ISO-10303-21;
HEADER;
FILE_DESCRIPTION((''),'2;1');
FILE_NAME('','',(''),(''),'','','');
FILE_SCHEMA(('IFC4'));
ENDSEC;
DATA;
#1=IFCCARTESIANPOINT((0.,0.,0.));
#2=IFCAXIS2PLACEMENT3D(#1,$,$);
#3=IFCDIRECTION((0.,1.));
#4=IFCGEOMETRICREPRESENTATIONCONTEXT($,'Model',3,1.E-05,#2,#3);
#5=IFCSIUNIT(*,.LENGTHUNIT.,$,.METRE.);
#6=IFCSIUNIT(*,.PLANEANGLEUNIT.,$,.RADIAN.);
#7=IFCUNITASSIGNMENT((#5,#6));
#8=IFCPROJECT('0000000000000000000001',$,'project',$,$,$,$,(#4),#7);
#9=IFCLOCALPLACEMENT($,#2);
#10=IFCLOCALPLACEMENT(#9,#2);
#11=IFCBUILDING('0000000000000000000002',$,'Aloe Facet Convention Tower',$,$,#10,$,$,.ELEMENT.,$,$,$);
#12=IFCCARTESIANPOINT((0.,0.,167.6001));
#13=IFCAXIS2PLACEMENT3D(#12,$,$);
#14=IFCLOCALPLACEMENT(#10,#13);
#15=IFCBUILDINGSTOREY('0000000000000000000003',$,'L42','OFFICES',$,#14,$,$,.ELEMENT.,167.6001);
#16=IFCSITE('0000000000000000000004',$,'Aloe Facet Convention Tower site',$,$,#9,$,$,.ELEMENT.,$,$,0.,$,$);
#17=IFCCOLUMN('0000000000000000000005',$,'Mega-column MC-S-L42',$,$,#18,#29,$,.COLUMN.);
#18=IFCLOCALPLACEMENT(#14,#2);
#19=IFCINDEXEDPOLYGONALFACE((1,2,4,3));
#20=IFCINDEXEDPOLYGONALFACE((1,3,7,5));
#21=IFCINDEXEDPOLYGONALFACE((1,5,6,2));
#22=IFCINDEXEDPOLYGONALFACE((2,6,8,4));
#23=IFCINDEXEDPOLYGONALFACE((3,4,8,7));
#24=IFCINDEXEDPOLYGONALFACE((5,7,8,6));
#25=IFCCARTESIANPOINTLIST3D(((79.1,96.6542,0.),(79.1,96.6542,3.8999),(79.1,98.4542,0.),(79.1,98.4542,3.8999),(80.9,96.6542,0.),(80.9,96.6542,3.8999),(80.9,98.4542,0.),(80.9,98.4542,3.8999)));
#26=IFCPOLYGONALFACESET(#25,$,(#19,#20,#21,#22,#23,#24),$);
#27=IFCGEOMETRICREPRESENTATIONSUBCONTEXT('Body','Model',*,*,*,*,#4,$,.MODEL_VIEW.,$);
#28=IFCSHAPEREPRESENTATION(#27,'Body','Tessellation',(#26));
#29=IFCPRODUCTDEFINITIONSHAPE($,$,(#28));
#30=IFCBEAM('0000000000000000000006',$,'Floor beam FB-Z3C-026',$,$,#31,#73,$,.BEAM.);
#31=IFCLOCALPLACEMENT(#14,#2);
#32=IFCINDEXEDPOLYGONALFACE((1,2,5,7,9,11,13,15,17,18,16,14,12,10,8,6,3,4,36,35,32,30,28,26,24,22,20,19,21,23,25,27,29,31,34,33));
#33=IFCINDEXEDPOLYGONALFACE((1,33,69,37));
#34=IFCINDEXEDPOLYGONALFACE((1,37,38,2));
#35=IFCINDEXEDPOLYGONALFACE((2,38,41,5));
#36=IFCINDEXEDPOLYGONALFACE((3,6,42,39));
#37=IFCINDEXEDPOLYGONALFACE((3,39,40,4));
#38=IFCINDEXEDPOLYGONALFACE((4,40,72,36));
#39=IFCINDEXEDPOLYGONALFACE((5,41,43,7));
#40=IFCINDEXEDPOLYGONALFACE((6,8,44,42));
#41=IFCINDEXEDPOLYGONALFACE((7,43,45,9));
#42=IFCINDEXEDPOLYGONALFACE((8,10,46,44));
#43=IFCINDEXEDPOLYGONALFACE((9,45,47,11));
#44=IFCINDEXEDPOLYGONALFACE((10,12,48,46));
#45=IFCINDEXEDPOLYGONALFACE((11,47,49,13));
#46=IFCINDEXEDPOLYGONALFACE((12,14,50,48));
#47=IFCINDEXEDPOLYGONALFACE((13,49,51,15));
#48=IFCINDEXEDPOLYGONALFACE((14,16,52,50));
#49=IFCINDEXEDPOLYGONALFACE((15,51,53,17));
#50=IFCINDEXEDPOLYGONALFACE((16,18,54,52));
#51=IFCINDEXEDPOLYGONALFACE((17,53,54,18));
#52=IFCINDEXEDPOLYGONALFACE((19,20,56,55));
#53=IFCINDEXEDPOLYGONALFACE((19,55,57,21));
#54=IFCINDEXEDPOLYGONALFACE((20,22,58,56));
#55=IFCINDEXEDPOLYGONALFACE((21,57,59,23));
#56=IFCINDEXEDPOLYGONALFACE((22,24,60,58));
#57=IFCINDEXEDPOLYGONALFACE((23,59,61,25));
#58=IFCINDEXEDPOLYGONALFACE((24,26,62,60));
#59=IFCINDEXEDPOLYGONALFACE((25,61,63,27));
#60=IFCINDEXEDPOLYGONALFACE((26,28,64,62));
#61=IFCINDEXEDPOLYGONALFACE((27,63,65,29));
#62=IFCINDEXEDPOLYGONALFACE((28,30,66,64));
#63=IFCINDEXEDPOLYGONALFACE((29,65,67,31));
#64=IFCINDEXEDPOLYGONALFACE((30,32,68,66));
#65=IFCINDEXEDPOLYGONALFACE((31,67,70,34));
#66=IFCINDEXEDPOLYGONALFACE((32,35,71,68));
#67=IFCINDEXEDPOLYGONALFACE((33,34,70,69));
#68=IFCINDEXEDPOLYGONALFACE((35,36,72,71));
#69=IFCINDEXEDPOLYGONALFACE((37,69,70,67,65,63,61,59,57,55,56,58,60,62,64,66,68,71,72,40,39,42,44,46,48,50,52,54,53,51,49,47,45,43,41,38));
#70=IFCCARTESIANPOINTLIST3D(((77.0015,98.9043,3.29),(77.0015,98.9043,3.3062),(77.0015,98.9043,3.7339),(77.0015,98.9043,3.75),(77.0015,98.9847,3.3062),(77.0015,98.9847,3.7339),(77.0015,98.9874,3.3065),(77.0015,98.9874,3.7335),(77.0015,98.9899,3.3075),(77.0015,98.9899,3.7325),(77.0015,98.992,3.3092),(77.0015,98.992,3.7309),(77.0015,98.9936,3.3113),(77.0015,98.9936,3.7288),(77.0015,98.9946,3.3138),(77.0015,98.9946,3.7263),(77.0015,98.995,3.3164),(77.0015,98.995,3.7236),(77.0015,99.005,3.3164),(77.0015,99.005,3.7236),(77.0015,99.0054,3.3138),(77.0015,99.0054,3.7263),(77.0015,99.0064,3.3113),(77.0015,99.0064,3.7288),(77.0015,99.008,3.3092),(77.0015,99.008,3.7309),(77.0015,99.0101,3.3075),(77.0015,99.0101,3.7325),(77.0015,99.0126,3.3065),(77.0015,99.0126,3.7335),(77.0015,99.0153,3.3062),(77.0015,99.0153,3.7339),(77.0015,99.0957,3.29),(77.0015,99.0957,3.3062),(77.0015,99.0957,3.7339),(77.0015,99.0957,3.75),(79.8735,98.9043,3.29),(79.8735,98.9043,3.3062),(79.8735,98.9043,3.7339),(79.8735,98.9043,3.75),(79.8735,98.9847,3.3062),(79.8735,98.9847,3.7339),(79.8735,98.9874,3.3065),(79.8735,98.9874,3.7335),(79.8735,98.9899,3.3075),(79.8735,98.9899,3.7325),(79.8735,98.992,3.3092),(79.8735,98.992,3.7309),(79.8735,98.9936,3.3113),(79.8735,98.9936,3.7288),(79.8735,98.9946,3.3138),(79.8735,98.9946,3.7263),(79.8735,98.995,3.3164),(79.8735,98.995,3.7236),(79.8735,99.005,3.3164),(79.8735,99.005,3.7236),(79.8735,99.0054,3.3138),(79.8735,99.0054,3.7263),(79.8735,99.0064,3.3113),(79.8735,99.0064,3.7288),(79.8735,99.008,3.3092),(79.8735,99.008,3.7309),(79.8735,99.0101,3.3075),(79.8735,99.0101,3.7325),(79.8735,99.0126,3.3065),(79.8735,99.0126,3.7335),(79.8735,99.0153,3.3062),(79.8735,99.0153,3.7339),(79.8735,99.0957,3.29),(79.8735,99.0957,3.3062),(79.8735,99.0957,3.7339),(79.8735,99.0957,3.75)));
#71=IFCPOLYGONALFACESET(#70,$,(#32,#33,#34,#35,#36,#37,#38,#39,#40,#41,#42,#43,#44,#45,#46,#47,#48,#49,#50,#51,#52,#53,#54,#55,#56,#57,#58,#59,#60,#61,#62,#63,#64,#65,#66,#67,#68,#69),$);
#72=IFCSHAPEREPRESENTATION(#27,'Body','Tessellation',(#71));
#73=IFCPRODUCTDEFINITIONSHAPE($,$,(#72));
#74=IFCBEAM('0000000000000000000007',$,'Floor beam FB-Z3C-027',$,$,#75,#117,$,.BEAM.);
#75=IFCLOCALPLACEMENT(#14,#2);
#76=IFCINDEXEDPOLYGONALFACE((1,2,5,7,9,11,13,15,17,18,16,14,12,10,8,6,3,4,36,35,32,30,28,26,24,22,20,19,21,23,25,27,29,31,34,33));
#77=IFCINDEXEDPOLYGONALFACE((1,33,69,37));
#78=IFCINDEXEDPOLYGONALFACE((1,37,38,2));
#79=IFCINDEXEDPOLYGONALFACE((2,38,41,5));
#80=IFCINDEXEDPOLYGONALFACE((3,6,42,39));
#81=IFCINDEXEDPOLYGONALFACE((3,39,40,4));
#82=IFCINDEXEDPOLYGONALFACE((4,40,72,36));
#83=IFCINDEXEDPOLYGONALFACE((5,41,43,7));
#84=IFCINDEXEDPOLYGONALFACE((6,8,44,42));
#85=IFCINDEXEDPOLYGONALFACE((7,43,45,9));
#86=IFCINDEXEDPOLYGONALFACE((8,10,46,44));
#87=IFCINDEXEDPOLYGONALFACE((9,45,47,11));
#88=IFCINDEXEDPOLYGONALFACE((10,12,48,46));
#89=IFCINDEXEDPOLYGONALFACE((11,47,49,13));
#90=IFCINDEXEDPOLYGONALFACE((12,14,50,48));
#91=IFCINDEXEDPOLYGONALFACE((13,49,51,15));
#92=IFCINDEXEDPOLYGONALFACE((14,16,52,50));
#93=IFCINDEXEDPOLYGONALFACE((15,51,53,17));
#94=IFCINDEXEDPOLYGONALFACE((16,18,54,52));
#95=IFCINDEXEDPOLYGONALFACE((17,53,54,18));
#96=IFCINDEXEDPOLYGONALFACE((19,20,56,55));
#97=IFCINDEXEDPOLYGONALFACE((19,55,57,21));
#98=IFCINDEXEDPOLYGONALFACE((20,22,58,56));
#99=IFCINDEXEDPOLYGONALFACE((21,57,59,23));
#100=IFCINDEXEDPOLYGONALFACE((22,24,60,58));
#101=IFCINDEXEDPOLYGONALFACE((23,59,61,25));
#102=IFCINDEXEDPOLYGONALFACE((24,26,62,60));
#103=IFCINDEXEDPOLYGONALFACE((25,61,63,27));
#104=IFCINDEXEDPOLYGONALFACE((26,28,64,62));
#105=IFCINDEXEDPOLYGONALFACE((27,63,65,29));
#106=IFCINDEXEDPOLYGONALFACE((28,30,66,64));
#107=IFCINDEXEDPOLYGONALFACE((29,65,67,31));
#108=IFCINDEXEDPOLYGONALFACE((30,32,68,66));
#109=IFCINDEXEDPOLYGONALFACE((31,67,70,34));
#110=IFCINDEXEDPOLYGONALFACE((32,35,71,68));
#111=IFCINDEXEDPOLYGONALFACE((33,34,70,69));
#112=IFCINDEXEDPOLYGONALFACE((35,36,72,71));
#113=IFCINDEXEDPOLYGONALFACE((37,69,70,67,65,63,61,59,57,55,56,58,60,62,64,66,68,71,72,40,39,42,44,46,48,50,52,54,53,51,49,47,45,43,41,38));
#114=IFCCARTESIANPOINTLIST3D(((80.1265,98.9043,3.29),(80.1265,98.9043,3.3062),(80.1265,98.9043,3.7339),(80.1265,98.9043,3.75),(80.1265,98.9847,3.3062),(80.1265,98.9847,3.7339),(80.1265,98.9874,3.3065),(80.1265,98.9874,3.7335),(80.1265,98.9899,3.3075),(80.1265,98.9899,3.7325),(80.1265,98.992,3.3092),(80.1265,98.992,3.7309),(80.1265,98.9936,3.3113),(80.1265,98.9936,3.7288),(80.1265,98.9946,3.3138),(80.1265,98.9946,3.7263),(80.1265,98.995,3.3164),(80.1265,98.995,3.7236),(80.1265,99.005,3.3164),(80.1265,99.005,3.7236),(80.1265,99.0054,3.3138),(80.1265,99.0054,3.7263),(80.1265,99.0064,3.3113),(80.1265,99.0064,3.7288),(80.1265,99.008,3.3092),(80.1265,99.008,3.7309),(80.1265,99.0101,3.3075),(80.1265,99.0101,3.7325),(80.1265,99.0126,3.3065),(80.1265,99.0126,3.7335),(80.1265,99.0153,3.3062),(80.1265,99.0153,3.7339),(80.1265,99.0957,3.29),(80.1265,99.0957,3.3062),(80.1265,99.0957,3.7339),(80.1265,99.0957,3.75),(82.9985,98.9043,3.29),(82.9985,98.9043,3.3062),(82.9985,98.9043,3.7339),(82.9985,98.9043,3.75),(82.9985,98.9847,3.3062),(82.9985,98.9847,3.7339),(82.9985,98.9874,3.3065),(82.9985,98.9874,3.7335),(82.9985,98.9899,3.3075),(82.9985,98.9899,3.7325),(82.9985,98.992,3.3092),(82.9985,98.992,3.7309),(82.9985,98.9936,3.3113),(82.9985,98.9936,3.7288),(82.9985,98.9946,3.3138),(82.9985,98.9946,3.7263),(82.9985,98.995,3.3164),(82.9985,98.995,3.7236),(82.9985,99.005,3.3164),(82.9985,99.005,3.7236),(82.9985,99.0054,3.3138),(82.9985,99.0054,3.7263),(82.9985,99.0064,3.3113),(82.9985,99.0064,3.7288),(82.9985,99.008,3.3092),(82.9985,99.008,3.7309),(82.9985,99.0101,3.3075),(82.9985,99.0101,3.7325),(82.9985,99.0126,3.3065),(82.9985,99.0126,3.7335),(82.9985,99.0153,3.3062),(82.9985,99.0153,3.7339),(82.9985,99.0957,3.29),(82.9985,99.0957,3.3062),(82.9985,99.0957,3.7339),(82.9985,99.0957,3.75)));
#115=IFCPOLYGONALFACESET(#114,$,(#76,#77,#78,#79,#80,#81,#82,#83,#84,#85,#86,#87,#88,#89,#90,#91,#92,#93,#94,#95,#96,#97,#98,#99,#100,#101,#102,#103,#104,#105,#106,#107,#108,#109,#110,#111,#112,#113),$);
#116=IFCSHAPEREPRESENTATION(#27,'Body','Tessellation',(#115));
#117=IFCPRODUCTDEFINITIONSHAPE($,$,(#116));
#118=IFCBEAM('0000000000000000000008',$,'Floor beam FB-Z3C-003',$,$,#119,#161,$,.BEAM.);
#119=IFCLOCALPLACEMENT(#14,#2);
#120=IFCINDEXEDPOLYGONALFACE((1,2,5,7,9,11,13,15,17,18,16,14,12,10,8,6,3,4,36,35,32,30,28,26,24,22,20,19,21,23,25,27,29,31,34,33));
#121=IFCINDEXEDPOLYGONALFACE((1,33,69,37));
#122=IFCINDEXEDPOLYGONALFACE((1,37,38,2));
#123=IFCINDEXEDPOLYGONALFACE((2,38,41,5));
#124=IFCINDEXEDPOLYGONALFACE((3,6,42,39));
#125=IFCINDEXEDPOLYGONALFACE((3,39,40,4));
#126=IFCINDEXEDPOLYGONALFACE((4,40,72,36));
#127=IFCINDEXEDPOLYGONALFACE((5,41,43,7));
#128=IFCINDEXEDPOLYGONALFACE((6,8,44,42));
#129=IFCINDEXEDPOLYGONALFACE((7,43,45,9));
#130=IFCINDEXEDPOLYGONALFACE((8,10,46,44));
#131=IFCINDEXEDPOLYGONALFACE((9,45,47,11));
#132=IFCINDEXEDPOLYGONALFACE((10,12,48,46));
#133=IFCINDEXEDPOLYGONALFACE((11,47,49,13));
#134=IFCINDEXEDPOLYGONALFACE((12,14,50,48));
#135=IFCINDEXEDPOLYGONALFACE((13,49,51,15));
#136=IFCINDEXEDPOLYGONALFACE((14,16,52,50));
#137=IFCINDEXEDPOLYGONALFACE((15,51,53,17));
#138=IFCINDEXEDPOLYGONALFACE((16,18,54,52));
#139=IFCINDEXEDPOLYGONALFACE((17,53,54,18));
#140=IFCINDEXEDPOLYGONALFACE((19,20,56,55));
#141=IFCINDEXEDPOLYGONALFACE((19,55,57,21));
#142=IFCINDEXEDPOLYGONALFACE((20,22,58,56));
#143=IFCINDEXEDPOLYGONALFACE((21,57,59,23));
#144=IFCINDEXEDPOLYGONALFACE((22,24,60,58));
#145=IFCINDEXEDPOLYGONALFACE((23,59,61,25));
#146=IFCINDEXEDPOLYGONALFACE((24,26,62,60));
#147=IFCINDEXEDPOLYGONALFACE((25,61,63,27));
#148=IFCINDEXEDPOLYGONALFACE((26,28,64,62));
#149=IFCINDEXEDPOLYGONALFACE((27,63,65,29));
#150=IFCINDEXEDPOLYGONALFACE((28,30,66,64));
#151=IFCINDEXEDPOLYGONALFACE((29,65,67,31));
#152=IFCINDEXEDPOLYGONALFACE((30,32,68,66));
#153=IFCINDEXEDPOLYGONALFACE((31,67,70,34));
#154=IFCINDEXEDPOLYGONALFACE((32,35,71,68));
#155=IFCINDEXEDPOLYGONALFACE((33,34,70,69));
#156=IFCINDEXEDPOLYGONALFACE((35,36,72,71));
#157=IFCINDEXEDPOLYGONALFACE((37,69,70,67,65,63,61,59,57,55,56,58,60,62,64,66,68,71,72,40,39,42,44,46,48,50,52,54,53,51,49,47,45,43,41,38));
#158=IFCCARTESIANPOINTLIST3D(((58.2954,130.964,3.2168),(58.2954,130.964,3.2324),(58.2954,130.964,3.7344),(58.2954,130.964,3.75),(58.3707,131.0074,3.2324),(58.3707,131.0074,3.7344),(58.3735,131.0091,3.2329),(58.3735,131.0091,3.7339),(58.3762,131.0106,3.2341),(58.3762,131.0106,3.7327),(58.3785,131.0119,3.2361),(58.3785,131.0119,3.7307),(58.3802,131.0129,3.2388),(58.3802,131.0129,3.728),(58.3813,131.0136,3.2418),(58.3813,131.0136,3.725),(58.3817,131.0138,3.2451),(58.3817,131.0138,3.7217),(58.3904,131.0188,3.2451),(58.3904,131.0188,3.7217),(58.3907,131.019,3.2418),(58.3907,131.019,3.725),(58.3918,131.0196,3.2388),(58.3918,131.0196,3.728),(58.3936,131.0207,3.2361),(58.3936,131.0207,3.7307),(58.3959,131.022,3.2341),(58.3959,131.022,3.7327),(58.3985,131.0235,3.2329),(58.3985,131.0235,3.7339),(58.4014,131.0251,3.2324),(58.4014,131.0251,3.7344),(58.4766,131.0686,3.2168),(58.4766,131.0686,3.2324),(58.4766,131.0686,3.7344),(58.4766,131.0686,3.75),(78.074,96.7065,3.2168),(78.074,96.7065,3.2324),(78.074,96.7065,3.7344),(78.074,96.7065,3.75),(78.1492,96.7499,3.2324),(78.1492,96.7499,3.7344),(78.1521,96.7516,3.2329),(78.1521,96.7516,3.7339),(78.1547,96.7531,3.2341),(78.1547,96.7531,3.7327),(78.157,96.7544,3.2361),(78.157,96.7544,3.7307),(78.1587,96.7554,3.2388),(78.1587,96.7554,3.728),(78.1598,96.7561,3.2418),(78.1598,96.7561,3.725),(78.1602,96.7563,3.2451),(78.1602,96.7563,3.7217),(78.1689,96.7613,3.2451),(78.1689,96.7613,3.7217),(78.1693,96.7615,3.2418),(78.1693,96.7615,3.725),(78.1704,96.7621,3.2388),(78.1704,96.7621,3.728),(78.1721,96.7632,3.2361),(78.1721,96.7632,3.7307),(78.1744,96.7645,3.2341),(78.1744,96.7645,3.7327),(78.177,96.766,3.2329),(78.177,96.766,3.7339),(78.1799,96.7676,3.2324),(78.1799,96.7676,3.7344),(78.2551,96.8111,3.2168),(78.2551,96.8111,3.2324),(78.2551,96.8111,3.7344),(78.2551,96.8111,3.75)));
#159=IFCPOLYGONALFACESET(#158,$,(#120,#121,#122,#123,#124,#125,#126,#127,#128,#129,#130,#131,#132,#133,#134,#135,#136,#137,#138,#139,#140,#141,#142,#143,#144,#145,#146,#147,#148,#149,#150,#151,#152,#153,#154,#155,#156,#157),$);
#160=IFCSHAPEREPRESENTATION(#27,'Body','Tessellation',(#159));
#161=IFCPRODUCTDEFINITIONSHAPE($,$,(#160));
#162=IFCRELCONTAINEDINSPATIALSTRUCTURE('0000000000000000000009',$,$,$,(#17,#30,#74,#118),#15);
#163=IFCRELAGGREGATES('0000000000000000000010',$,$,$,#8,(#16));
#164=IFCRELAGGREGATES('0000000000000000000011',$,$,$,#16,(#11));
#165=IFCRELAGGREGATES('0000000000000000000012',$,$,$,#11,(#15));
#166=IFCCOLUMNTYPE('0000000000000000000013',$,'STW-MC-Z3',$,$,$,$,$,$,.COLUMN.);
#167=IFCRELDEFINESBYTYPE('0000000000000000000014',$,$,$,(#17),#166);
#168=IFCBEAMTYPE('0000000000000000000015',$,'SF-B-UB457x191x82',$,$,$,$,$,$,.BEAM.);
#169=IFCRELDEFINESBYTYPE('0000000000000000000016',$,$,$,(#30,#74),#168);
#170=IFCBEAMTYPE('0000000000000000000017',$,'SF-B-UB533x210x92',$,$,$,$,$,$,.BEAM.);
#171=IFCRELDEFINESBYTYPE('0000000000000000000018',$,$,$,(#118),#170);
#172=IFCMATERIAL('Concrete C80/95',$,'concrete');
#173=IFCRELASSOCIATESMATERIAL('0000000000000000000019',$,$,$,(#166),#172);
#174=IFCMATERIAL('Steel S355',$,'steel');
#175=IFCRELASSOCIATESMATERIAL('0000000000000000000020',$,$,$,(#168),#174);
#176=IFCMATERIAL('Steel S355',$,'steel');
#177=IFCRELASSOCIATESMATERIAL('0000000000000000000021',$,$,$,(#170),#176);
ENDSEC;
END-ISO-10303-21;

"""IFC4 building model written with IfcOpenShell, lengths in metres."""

from ifc_helpers import new_model, si_unit, direction, frame, origin, origin_2d, place, context, subcontext, project, spatial, rectangle, i_section, extrude, material, material_profile, profile_set, type_object, element, save


model = new_model("IFC4")

# Units and contexts
model_context = context("Model", 3, precision=1e-05, world=origin(), true_north=direction((0.0, 1.0)))
body_context = subcontext(model_context, "Body", "Model", "MODEL_VIEW")
ifc_project = project(units=[si_unit("LENGTHUNIT", "METRE"), si_unit("PLANEANGLEUNIT", "RADIAN")], contexts=[model_context])

# Site, building, storey
site_placement = place(None, origin())
site = spatial("IfcSite", under=ifc_project, at=site_placement, Name="Aloe Facet Convention Tower site", CompositionType="ELEMENT", RefElevation=0.0)
building_placement = place(site_placement, origin())
building = spatial("IfcBuilding", under=site, at=building_placement, Name="Aloe Facet Convention Tower", CompositionType="ELEMENT")
storey_placement = place(building_placement, frame((0.0, 0.0, 167.6001)))
storey = spatial("IfcBuildingStorey", under=building, at=storey_placement, Name="L42", Description="OFFICES", CompositionType="ELEMENT", Elevation=167.6001)

# Column
ifc_material_1 = material(Name="Concrete C80/95", Category="concrete")
ifc_material_profile_1 = material_profile(ifc_material_1, rectangle(XDim=1.8, YDim=1.8, at=origin_2d()), Name="STW-MC-Z3")
ifc_profile_set_1 = profile_set([ifc_material_profile_1], Name="Concrete C80/95")
column_type = type_object("IfcColumnType", Name="STW-MC-Z3", PredefinedType="COLUMN", material=ifc_profile_set_1)
column_placement = place(storey_placement, frame((80.0, 97.5542, 0.0), z_axis=(0.0, 0.0, 1.0), x_axis=(1.0, 0.0, 0.0)))
element("IfcColumn", 1, at=column_placement, inside=storey, type_object=column_type, Name="Mega-column MC-S-L42", PredefinedType="COLUMN", context=body_context, shape_type="SweptSolid", body=[
    extrude(rectangle(XDim=1.8, YDim=1.8, at=origin_2d()), origin(), (0.0, 0.0, 1.0), 3.8999),
])

# Beams
ifc_material_2 = material(Name="Steel S355", Category="steel")
ifc_material_profile_2 = material_profile(ifc_material_2, i_section(OverallWidth=0.1914, OverallDepth=0.46, WebThickness=0.01, FlangeThickness=0.0161, FilletRadius=0.0103, at=origin_2d()), Name="UB 457x191x82")
ifc_profile_set_2 = profile_set([ifc_material_profile_2], Name="Steel S355")
beam_type_1 = type_object("IfcBeamType", Name="SF-B-UB457x191x82", PredefinedType="BEAM", material=ifc_profile_set_2)
for number, where, z_axis, x_axis, name in (
    (2, (77.0015, 99.0, 3.52), (1.0, 0.0, 0.0), (0.0, 1.0, 0.0), "Floor beam FB-Z3C-026"),
    (3, (80.1265, 99.0, 3.52), (1.0, 0.0, 0.0), (0.0, 1.0, 0.0), "Floor beam FB-Z3C-027"),
):
    element("IfcBeam", number, at=place(storey_placement, frame(where, z_axis=z_axis, x_axis=x_axis)), inside=storey, type_object=beam_type_1, Name=name, PredefinedType="BEAM", context=body_context, shape_type="SweptSolid", body=[
        extrude(i_section(OverallWidth=0.1914, OverallDepth=0.46, WebThickness=0.01, FlangeThickness=0.0161, FilletRadius=0.0103, at=origin_2d()), origin(), (0.0, 0.0, 1.0), 2.8721),
    ])
ifc_material_3 = material(Name="Steel S355", Category="steel")
ifc_material_profile_3 = material_profile(ifc_material_3, i_section(OverallWidth=0.2092, OverallDepth=0.5332, WebThickness=0.01, FlangeThickness=0.0156, FilletRadius=0.0127, at=origin_2d()), Name="UB 533x210x92")
ifc_profile_set_3 = profile_set([ifc_material_profile_3], Name="Steel S355")
beam_type_2 = type_object("IfcBeamType", Name="SF-B-UB533x210x92", PredefinedType="BEAM", material=ifc_profile_set_3)
beam_placement = place(storey_placement, frame((78.1646, 96.7588, 3.4834), z_axis=(-0.499999, 0.866026, 0.0), x_axis=(-0.866026, -0.499999, 0.0)))
element("IfcBeam", 4, at=beam_placement, inside=storey, type_object=beam_type_2, Name="Floor beam FB-Z3C-003", PredefinedType="BEAM", context=body_context, shape_type="SweptSolid", body=[
    extrude(i_section(OverallWidth=0.2092, OverallDepth=0.5332, WebThickness=0.01, FlangeThickness=0.0156, FilletRadius=0.0127, at=origin_2d()), origin(), (0.0, 0.0, 1.0), 39.5571),
])

save(model, "model.ifc")
